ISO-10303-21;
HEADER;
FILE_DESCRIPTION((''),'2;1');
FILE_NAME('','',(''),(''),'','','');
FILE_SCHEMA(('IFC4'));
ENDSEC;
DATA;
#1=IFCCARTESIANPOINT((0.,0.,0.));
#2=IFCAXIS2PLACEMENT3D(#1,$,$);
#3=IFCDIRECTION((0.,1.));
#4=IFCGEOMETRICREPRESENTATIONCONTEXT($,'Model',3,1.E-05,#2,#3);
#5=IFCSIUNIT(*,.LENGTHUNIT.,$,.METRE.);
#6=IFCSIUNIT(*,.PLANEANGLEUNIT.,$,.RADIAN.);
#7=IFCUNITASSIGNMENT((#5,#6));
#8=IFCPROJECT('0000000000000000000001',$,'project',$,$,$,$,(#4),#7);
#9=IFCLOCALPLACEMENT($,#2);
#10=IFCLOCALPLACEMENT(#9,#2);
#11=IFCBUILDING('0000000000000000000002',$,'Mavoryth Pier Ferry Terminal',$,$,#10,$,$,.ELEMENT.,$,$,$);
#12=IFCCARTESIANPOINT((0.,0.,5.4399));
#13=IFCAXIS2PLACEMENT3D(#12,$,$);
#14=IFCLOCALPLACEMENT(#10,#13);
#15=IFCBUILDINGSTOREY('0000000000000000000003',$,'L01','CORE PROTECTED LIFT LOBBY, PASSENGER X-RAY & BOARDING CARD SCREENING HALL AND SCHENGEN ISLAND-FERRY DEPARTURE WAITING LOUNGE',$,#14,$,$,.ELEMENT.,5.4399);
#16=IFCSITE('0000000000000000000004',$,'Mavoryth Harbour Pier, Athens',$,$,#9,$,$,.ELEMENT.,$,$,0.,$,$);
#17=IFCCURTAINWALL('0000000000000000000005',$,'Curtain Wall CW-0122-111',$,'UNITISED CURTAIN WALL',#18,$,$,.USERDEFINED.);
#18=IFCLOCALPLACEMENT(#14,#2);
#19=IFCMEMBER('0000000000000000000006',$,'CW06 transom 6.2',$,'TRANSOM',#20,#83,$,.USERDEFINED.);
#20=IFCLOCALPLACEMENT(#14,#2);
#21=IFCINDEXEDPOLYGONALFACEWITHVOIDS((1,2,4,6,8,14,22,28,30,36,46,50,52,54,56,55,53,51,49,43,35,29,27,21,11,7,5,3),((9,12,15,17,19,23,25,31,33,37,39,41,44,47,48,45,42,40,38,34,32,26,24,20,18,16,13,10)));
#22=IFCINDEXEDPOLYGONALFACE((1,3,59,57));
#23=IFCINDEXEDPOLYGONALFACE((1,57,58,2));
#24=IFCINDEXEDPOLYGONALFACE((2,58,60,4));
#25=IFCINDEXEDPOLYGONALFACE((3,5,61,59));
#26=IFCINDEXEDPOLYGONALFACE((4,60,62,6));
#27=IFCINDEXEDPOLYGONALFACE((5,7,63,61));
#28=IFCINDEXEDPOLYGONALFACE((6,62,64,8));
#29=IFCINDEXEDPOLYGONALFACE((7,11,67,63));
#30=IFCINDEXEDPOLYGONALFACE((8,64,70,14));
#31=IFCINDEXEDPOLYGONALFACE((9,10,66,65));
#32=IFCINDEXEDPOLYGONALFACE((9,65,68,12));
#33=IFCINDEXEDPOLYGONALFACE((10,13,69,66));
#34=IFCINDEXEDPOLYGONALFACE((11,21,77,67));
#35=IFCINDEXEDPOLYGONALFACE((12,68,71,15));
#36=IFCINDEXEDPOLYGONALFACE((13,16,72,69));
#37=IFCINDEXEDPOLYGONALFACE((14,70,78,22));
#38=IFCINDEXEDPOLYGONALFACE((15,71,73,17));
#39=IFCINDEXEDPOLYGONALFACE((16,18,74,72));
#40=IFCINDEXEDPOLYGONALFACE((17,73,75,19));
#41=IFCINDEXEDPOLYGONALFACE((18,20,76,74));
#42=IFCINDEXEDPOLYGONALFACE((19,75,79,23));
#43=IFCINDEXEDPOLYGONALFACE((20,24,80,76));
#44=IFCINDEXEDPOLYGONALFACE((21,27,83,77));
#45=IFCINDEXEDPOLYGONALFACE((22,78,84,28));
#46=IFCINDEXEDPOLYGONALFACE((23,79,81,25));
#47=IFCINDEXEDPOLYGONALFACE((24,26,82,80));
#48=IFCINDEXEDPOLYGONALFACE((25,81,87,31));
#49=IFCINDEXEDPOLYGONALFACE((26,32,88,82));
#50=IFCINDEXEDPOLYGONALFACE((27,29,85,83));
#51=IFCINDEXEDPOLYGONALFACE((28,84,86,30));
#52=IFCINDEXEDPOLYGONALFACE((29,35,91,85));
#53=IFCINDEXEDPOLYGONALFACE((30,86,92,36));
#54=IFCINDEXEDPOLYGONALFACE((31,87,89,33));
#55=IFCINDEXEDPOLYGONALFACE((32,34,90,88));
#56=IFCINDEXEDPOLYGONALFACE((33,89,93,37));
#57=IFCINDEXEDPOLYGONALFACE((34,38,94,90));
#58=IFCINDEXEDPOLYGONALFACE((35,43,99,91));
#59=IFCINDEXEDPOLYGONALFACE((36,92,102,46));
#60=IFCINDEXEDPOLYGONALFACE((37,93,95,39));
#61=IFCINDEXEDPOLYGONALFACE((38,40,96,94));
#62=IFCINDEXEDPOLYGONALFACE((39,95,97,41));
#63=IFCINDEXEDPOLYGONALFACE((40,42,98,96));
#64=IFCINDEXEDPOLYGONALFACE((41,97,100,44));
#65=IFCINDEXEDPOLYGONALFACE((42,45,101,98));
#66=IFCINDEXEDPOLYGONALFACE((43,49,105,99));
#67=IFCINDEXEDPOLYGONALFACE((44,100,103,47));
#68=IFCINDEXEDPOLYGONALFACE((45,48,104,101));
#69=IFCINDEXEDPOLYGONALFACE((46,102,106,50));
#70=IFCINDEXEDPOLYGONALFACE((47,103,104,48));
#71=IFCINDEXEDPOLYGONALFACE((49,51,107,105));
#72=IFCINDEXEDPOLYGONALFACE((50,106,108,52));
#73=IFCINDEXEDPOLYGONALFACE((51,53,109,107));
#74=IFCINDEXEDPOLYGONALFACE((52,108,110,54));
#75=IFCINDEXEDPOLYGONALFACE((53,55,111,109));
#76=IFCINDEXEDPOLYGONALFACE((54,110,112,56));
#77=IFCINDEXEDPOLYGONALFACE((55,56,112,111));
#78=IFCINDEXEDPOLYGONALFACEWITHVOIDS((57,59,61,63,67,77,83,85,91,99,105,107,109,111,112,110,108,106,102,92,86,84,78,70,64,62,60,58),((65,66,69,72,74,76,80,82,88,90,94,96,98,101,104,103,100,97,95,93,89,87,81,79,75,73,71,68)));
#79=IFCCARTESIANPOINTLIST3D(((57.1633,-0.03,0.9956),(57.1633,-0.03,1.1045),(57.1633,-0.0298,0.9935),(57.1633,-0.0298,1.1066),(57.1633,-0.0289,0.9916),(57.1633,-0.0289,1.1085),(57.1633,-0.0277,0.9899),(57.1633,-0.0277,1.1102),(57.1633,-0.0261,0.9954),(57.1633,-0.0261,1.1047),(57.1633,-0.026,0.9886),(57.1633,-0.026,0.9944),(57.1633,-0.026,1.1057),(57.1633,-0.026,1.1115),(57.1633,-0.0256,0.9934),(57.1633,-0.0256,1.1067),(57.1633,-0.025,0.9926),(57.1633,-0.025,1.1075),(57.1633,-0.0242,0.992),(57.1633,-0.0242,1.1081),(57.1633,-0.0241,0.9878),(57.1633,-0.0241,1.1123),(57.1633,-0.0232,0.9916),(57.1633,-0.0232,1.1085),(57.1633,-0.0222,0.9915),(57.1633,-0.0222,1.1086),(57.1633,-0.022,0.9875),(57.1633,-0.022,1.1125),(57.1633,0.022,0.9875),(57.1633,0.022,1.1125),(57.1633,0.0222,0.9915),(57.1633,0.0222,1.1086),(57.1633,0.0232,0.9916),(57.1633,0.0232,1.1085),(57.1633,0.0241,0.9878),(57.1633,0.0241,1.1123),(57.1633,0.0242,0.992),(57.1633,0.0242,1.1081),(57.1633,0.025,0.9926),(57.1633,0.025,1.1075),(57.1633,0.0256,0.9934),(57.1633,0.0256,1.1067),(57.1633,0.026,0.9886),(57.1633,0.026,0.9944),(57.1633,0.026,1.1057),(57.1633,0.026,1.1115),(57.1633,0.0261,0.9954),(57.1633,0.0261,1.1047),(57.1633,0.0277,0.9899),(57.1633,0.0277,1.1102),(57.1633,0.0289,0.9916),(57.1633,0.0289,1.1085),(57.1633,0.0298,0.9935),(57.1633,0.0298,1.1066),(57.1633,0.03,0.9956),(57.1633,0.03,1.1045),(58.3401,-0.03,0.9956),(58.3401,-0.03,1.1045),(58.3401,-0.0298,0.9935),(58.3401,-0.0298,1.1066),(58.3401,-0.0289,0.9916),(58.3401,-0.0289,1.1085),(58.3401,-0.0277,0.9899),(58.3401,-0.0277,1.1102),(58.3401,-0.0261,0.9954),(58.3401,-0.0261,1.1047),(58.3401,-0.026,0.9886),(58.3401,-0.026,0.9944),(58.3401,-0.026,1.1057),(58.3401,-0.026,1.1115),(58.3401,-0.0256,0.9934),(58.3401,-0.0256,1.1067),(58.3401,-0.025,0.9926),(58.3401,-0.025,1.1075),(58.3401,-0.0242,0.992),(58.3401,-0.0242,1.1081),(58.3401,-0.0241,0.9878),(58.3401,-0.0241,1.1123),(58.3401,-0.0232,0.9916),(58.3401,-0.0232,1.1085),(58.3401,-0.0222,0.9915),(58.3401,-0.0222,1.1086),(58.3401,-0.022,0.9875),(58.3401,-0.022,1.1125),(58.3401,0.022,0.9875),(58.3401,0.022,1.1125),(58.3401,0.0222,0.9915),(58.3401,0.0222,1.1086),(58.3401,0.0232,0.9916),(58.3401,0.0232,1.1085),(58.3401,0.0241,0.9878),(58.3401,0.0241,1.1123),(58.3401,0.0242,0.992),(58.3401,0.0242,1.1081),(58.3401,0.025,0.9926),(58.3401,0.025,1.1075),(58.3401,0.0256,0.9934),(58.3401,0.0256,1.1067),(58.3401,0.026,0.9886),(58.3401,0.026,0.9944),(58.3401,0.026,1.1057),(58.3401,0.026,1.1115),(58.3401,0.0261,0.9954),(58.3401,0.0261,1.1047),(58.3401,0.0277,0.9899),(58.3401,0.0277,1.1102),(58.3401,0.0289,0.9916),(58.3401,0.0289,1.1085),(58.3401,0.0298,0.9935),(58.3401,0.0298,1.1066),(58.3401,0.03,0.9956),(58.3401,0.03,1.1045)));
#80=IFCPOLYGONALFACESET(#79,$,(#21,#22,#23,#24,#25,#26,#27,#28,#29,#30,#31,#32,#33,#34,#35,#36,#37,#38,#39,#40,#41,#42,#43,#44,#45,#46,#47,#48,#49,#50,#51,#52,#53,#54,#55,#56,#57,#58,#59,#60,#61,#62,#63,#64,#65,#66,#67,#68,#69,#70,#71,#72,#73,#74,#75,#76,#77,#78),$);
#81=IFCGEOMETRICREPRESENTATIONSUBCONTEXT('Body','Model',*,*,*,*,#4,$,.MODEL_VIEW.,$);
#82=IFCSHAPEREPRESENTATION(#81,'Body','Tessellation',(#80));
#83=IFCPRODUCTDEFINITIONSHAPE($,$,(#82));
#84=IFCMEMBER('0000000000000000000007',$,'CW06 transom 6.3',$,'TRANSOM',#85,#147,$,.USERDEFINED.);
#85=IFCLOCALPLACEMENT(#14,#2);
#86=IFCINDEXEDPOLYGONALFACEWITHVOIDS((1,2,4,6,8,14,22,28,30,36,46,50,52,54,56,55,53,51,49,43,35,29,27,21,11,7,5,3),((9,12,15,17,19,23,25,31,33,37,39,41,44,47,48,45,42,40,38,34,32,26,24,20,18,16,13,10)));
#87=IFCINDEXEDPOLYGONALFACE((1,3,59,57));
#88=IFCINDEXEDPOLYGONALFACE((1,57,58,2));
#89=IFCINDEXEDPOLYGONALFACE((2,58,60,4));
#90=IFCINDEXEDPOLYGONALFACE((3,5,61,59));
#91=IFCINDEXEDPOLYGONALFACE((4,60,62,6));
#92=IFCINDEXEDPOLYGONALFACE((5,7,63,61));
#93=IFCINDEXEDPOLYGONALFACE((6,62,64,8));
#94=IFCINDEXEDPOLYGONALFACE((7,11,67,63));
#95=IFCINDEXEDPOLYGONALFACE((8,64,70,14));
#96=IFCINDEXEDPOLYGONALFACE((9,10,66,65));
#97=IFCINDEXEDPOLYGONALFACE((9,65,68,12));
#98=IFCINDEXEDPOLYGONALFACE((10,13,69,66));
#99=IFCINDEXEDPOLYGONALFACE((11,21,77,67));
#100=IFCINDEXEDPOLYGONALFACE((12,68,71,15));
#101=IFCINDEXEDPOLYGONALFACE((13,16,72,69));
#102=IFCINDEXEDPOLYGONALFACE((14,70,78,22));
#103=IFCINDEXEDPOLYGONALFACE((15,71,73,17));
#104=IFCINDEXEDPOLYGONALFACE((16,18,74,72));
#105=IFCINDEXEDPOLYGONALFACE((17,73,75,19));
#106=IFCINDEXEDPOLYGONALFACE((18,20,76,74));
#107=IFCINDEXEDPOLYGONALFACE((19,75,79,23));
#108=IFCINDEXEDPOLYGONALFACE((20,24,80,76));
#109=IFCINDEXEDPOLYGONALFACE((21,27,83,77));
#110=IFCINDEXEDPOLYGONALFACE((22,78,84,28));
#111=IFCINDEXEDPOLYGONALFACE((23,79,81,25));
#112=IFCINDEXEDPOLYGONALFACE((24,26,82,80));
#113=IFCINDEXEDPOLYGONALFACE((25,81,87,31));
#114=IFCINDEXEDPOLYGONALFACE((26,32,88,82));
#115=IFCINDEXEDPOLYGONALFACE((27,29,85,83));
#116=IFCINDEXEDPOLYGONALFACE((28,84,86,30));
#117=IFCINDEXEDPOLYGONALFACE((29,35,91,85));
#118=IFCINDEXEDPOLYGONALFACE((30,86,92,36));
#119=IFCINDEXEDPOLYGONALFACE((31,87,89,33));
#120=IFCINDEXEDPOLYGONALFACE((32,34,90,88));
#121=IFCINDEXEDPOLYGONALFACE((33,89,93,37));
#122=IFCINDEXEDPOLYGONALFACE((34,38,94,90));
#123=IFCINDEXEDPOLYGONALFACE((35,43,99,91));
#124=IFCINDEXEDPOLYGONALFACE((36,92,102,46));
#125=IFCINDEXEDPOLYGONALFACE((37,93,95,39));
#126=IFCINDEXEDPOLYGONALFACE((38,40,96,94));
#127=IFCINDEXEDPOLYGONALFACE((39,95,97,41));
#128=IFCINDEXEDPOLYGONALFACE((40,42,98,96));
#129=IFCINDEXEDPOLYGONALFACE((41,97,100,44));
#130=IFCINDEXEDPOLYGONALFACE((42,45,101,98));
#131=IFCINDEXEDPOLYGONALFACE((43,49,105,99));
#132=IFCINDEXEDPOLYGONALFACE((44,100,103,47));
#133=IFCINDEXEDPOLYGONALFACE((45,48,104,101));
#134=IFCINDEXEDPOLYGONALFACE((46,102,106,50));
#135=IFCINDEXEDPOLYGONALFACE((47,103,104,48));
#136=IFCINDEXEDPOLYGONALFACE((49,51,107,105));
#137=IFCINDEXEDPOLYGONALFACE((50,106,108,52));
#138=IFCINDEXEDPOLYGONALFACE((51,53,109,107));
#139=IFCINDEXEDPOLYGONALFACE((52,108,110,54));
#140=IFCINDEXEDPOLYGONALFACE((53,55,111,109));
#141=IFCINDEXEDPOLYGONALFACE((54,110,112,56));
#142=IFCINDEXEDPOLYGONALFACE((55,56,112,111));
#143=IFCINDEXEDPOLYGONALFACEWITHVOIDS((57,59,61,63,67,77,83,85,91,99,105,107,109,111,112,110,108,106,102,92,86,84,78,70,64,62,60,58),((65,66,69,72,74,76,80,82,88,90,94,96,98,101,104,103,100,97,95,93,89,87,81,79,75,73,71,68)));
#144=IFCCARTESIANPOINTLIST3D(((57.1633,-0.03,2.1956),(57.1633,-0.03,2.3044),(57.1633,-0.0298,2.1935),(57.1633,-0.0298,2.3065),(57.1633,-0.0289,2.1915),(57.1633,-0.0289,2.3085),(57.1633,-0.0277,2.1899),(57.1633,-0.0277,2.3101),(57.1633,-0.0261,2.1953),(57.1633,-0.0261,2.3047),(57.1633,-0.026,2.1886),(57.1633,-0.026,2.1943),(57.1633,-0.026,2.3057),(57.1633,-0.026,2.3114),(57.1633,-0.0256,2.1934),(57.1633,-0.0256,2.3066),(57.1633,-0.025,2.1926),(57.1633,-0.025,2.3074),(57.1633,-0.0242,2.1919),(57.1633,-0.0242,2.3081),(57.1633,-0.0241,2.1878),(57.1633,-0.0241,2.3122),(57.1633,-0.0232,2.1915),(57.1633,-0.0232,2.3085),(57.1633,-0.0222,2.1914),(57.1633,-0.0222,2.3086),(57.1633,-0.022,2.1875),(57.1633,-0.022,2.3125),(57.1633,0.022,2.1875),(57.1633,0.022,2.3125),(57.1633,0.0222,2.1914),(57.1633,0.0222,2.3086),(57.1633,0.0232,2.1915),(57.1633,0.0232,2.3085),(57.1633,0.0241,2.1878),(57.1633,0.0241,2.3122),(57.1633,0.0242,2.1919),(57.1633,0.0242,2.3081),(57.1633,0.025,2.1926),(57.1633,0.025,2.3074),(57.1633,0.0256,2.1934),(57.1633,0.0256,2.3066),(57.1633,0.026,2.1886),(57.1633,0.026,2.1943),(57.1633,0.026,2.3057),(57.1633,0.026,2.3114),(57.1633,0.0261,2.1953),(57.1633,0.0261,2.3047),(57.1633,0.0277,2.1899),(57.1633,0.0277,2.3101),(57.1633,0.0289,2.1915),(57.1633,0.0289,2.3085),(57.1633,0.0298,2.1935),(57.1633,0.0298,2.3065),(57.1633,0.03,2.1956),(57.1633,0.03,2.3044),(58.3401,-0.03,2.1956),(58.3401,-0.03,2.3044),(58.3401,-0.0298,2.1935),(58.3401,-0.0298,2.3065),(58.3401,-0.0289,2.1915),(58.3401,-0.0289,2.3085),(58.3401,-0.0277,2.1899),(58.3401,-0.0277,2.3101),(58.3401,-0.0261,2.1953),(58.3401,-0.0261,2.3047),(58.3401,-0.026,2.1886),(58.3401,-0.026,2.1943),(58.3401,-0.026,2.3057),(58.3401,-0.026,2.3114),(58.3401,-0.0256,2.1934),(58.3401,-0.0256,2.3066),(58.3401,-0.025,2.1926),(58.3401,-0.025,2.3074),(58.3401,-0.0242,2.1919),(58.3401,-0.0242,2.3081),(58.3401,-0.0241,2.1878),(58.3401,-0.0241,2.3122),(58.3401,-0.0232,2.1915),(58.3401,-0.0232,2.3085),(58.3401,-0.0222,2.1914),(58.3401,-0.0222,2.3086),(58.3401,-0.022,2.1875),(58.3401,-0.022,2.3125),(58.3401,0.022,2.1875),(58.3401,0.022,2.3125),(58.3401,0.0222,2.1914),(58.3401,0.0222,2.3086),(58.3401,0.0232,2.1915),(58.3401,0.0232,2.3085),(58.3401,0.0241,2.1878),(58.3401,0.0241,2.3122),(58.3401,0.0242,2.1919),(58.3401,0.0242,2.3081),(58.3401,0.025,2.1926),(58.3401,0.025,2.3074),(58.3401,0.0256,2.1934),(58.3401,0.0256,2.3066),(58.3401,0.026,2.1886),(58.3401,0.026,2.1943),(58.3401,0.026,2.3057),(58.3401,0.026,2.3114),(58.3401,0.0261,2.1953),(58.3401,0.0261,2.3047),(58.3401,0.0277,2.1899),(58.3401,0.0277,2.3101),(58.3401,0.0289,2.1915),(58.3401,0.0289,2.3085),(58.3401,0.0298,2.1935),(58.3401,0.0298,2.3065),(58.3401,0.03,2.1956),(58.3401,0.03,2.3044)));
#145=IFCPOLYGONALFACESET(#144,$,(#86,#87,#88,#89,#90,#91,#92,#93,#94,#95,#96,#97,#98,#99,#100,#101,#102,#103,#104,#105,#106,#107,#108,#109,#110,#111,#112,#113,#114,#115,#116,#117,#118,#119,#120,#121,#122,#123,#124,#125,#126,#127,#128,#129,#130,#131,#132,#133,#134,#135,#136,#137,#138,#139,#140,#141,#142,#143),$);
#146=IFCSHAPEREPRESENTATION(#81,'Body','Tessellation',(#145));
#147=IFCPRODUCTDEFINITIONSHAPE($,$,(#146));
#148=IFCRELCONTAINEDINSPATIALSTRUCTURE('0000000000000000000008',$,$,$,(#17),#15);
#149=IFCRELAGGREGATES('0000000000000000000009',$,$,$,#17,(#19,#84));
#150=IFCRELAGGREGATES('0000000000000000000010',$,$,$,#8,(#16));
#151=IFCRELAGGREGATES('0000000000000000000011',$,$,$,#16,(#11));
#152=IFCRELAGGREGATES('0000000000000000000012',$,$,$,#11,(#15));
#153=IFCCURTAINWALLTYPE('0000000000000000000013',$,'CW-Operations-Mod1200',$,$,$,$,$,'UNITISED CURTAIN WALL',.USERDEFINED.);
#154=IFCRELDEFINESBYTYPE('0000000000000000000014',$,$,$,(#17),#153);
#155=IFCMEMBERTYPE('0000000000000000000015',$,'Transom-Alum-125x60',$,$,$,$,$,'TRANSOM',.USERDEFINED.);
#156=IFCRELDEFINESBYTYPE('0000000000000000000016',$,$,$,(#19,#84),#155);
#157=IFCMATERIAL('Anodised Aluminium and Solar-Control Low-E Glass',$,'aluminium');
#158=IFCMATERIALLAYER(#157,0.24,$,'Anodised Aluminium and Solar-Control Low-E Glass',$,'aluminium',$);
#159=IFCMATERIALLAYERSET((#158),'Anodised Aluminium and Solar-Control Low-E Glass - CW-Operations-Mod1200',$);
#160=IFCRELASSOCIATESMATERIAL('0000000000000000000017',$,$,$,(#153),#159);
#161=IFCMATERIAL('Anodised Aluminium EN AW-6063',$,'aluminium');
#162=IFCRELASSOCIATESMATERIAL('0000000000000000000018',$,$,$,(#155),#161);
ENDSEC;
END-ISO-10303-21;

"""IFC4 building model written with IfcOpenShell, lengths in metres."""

from ifc_helpers import new_model, si_unit, direction, frame, origin, origin_2d, place, context, subcontext, project, spatial, hollow_rectangle, extrude, material, layer, layer_set, material_profile, profile_set, type_object, element, aggregate, save


model = new_model("IFC4")

# Units and contexts
model_context = context("Model", 3, precision=1e-05, world=origin(), true_north=direction((0.0, 1.0)))
body_context = subcontext(model_context, "Body", "Model", "MODEL_VIEW")
ifc_project = project(units=[si_unit("LENGTHUNIT", "METRE"), si_unit("PLANEANGLEUNIT", "RADIAN")], contexts=[model_context])

# Site, building, storey
site_placement = place(None, origin())
site = spatial("IfcSite", under=ifc_project, at=site_placement, Name="Mavoryth Harbour Pier, Athens", CompositionType="ELEMENT", RefElevation=0.0)
building_placement = place(site_placement, origin())
building = spatial("IfcBuilding", under=site, at=building_placement, Name="Mavoryth Pier Ferry Terminal", CompositionType="ELEMENT")
storey_placement = place(building_placement, frame((0.0, 0.0, 5.4399)))
storey = spatial("IfcBuildingStorey", under=building, at=storey_placement, Name="L01", Description="CORE PROTECTED LIFT LOBBY, PASSENGER X-RAY & BOARDING CARD SCREENING HALL AND SCHENGEN ISLAND-FERRY DEPARTURE WAITING LOUNGE", CompositionType="ELEMENT", Elevation=5.4399)

# Curtain wall
ifc_material_1 = material(Name="Anodised Aluminium and Solar-Control Low-E Glass", Category="aluminium")
ifc_layer_1 = layer(ifc_material_1, 0.24, Name="Anodised Aluminium and Solar-Control Low-E Glass", Category="aluminium")
ifc_layer_set_1 = layer_set([ifc_layer_1], Name="Anodised Aluminium and Solar-Control Low-E Glass - CW-Operations-Mod1200")
curtain_wall_type = type_object("IfcCurtainWallType", Name="CW-Operations-Mod1200", ElementType="UNITISED CURTAIN WALL", PredefinedType="USERDEFINED", material=ifc_layer_set_1)
curtain_wall_1_placement = place(storey_placement, origin())
curtain_wall_1 = element("IfcCurtainWall", 1, at=curtain_wall_1_placement, inside=storey, type_object=curtain_wall_type, Name="Curtain Wall CW-0122-111", ObjectType="UNITISED CURTAIN WALL", PredefinedType="USERDEFINED")
ifc_material_2 = material(Name="Anodised Aluminium EN AW-6063", Category="aluminium")

# Members
ifc_material_profile_1 = material_profile(ifc_material_2, hollow_rectangle(XDim=0.0601, YDim=0.125, WallThickness=0.0039, InnerFilletRadius=0.0039, OuterFilletRadius=0.0081, at=origin_2d()), Name="AL-TRAN 125x60x4", Category="aluminium")
ifc_profile_set_1 = profile_set([ifc_material_profile_1], Name="Anodised Aluminium EN AW-6063 - AL-TRAN 125x60x4")
member_type_1 = type_object("IfcMemberType", Name="Transom-Alum-125x60", ElementType="TRANSOM", PredefinedType="USERDEFINED", material=ifc_profile_set_1)
member_1_placement = place(storey_placement, frame((57.1633, 0.0, 1.05), z_axis=(1.0, 0.0, 0.0), x_axis=(0.0, 1.0, 0.0)))
member_1 = element("IfcMember", 2, at=member_1_placement, type_object=member_type_1, Name="CW06 transom 6.2", ObjectType="TRANSOM", PredefinedType="USERDEFINED", context=body_context, shape_type="SweptSolid", body=[
    extrude(hollow_rectangle(XDim=0.0601, YDim=0.125, WallThickness=0.0039, InnerFilletRadius=0.0039, OuterFilletRadius=0.0081, at=origin_2d()), origin(), (0.0, 0.0, 1.0), 1.1768),
])
member_2_placement = place(storey_placement, frame((57.1633, 0.0, 2.25), z_axis=(1.0, 0.0, 0.0), x_axis=(0.0, 1.0, 0.0)))
member_2 = element("IfcMember", 3, at=member_2_placement, type_object=member_type_1, Name="CW06 transom 6.3", ObjectType="TRANSOM", PredefinedType="USERDEFINED", context=body_context, shape_type="SweptSolid", body=[
    extrude(hollow_rectangle(XDim=0.0601, YDim=0.125, WallThickness=0.0039, InnerFilletRadius=0.0039, OuterFilletRadius=0.0081, at=origin_2d()), origin(), (0.0, 0.0, 1.0), 1.1768),
])

aggregate(curtain_wall_1, [member_1, member_2])

save(model, "model.ifc")
